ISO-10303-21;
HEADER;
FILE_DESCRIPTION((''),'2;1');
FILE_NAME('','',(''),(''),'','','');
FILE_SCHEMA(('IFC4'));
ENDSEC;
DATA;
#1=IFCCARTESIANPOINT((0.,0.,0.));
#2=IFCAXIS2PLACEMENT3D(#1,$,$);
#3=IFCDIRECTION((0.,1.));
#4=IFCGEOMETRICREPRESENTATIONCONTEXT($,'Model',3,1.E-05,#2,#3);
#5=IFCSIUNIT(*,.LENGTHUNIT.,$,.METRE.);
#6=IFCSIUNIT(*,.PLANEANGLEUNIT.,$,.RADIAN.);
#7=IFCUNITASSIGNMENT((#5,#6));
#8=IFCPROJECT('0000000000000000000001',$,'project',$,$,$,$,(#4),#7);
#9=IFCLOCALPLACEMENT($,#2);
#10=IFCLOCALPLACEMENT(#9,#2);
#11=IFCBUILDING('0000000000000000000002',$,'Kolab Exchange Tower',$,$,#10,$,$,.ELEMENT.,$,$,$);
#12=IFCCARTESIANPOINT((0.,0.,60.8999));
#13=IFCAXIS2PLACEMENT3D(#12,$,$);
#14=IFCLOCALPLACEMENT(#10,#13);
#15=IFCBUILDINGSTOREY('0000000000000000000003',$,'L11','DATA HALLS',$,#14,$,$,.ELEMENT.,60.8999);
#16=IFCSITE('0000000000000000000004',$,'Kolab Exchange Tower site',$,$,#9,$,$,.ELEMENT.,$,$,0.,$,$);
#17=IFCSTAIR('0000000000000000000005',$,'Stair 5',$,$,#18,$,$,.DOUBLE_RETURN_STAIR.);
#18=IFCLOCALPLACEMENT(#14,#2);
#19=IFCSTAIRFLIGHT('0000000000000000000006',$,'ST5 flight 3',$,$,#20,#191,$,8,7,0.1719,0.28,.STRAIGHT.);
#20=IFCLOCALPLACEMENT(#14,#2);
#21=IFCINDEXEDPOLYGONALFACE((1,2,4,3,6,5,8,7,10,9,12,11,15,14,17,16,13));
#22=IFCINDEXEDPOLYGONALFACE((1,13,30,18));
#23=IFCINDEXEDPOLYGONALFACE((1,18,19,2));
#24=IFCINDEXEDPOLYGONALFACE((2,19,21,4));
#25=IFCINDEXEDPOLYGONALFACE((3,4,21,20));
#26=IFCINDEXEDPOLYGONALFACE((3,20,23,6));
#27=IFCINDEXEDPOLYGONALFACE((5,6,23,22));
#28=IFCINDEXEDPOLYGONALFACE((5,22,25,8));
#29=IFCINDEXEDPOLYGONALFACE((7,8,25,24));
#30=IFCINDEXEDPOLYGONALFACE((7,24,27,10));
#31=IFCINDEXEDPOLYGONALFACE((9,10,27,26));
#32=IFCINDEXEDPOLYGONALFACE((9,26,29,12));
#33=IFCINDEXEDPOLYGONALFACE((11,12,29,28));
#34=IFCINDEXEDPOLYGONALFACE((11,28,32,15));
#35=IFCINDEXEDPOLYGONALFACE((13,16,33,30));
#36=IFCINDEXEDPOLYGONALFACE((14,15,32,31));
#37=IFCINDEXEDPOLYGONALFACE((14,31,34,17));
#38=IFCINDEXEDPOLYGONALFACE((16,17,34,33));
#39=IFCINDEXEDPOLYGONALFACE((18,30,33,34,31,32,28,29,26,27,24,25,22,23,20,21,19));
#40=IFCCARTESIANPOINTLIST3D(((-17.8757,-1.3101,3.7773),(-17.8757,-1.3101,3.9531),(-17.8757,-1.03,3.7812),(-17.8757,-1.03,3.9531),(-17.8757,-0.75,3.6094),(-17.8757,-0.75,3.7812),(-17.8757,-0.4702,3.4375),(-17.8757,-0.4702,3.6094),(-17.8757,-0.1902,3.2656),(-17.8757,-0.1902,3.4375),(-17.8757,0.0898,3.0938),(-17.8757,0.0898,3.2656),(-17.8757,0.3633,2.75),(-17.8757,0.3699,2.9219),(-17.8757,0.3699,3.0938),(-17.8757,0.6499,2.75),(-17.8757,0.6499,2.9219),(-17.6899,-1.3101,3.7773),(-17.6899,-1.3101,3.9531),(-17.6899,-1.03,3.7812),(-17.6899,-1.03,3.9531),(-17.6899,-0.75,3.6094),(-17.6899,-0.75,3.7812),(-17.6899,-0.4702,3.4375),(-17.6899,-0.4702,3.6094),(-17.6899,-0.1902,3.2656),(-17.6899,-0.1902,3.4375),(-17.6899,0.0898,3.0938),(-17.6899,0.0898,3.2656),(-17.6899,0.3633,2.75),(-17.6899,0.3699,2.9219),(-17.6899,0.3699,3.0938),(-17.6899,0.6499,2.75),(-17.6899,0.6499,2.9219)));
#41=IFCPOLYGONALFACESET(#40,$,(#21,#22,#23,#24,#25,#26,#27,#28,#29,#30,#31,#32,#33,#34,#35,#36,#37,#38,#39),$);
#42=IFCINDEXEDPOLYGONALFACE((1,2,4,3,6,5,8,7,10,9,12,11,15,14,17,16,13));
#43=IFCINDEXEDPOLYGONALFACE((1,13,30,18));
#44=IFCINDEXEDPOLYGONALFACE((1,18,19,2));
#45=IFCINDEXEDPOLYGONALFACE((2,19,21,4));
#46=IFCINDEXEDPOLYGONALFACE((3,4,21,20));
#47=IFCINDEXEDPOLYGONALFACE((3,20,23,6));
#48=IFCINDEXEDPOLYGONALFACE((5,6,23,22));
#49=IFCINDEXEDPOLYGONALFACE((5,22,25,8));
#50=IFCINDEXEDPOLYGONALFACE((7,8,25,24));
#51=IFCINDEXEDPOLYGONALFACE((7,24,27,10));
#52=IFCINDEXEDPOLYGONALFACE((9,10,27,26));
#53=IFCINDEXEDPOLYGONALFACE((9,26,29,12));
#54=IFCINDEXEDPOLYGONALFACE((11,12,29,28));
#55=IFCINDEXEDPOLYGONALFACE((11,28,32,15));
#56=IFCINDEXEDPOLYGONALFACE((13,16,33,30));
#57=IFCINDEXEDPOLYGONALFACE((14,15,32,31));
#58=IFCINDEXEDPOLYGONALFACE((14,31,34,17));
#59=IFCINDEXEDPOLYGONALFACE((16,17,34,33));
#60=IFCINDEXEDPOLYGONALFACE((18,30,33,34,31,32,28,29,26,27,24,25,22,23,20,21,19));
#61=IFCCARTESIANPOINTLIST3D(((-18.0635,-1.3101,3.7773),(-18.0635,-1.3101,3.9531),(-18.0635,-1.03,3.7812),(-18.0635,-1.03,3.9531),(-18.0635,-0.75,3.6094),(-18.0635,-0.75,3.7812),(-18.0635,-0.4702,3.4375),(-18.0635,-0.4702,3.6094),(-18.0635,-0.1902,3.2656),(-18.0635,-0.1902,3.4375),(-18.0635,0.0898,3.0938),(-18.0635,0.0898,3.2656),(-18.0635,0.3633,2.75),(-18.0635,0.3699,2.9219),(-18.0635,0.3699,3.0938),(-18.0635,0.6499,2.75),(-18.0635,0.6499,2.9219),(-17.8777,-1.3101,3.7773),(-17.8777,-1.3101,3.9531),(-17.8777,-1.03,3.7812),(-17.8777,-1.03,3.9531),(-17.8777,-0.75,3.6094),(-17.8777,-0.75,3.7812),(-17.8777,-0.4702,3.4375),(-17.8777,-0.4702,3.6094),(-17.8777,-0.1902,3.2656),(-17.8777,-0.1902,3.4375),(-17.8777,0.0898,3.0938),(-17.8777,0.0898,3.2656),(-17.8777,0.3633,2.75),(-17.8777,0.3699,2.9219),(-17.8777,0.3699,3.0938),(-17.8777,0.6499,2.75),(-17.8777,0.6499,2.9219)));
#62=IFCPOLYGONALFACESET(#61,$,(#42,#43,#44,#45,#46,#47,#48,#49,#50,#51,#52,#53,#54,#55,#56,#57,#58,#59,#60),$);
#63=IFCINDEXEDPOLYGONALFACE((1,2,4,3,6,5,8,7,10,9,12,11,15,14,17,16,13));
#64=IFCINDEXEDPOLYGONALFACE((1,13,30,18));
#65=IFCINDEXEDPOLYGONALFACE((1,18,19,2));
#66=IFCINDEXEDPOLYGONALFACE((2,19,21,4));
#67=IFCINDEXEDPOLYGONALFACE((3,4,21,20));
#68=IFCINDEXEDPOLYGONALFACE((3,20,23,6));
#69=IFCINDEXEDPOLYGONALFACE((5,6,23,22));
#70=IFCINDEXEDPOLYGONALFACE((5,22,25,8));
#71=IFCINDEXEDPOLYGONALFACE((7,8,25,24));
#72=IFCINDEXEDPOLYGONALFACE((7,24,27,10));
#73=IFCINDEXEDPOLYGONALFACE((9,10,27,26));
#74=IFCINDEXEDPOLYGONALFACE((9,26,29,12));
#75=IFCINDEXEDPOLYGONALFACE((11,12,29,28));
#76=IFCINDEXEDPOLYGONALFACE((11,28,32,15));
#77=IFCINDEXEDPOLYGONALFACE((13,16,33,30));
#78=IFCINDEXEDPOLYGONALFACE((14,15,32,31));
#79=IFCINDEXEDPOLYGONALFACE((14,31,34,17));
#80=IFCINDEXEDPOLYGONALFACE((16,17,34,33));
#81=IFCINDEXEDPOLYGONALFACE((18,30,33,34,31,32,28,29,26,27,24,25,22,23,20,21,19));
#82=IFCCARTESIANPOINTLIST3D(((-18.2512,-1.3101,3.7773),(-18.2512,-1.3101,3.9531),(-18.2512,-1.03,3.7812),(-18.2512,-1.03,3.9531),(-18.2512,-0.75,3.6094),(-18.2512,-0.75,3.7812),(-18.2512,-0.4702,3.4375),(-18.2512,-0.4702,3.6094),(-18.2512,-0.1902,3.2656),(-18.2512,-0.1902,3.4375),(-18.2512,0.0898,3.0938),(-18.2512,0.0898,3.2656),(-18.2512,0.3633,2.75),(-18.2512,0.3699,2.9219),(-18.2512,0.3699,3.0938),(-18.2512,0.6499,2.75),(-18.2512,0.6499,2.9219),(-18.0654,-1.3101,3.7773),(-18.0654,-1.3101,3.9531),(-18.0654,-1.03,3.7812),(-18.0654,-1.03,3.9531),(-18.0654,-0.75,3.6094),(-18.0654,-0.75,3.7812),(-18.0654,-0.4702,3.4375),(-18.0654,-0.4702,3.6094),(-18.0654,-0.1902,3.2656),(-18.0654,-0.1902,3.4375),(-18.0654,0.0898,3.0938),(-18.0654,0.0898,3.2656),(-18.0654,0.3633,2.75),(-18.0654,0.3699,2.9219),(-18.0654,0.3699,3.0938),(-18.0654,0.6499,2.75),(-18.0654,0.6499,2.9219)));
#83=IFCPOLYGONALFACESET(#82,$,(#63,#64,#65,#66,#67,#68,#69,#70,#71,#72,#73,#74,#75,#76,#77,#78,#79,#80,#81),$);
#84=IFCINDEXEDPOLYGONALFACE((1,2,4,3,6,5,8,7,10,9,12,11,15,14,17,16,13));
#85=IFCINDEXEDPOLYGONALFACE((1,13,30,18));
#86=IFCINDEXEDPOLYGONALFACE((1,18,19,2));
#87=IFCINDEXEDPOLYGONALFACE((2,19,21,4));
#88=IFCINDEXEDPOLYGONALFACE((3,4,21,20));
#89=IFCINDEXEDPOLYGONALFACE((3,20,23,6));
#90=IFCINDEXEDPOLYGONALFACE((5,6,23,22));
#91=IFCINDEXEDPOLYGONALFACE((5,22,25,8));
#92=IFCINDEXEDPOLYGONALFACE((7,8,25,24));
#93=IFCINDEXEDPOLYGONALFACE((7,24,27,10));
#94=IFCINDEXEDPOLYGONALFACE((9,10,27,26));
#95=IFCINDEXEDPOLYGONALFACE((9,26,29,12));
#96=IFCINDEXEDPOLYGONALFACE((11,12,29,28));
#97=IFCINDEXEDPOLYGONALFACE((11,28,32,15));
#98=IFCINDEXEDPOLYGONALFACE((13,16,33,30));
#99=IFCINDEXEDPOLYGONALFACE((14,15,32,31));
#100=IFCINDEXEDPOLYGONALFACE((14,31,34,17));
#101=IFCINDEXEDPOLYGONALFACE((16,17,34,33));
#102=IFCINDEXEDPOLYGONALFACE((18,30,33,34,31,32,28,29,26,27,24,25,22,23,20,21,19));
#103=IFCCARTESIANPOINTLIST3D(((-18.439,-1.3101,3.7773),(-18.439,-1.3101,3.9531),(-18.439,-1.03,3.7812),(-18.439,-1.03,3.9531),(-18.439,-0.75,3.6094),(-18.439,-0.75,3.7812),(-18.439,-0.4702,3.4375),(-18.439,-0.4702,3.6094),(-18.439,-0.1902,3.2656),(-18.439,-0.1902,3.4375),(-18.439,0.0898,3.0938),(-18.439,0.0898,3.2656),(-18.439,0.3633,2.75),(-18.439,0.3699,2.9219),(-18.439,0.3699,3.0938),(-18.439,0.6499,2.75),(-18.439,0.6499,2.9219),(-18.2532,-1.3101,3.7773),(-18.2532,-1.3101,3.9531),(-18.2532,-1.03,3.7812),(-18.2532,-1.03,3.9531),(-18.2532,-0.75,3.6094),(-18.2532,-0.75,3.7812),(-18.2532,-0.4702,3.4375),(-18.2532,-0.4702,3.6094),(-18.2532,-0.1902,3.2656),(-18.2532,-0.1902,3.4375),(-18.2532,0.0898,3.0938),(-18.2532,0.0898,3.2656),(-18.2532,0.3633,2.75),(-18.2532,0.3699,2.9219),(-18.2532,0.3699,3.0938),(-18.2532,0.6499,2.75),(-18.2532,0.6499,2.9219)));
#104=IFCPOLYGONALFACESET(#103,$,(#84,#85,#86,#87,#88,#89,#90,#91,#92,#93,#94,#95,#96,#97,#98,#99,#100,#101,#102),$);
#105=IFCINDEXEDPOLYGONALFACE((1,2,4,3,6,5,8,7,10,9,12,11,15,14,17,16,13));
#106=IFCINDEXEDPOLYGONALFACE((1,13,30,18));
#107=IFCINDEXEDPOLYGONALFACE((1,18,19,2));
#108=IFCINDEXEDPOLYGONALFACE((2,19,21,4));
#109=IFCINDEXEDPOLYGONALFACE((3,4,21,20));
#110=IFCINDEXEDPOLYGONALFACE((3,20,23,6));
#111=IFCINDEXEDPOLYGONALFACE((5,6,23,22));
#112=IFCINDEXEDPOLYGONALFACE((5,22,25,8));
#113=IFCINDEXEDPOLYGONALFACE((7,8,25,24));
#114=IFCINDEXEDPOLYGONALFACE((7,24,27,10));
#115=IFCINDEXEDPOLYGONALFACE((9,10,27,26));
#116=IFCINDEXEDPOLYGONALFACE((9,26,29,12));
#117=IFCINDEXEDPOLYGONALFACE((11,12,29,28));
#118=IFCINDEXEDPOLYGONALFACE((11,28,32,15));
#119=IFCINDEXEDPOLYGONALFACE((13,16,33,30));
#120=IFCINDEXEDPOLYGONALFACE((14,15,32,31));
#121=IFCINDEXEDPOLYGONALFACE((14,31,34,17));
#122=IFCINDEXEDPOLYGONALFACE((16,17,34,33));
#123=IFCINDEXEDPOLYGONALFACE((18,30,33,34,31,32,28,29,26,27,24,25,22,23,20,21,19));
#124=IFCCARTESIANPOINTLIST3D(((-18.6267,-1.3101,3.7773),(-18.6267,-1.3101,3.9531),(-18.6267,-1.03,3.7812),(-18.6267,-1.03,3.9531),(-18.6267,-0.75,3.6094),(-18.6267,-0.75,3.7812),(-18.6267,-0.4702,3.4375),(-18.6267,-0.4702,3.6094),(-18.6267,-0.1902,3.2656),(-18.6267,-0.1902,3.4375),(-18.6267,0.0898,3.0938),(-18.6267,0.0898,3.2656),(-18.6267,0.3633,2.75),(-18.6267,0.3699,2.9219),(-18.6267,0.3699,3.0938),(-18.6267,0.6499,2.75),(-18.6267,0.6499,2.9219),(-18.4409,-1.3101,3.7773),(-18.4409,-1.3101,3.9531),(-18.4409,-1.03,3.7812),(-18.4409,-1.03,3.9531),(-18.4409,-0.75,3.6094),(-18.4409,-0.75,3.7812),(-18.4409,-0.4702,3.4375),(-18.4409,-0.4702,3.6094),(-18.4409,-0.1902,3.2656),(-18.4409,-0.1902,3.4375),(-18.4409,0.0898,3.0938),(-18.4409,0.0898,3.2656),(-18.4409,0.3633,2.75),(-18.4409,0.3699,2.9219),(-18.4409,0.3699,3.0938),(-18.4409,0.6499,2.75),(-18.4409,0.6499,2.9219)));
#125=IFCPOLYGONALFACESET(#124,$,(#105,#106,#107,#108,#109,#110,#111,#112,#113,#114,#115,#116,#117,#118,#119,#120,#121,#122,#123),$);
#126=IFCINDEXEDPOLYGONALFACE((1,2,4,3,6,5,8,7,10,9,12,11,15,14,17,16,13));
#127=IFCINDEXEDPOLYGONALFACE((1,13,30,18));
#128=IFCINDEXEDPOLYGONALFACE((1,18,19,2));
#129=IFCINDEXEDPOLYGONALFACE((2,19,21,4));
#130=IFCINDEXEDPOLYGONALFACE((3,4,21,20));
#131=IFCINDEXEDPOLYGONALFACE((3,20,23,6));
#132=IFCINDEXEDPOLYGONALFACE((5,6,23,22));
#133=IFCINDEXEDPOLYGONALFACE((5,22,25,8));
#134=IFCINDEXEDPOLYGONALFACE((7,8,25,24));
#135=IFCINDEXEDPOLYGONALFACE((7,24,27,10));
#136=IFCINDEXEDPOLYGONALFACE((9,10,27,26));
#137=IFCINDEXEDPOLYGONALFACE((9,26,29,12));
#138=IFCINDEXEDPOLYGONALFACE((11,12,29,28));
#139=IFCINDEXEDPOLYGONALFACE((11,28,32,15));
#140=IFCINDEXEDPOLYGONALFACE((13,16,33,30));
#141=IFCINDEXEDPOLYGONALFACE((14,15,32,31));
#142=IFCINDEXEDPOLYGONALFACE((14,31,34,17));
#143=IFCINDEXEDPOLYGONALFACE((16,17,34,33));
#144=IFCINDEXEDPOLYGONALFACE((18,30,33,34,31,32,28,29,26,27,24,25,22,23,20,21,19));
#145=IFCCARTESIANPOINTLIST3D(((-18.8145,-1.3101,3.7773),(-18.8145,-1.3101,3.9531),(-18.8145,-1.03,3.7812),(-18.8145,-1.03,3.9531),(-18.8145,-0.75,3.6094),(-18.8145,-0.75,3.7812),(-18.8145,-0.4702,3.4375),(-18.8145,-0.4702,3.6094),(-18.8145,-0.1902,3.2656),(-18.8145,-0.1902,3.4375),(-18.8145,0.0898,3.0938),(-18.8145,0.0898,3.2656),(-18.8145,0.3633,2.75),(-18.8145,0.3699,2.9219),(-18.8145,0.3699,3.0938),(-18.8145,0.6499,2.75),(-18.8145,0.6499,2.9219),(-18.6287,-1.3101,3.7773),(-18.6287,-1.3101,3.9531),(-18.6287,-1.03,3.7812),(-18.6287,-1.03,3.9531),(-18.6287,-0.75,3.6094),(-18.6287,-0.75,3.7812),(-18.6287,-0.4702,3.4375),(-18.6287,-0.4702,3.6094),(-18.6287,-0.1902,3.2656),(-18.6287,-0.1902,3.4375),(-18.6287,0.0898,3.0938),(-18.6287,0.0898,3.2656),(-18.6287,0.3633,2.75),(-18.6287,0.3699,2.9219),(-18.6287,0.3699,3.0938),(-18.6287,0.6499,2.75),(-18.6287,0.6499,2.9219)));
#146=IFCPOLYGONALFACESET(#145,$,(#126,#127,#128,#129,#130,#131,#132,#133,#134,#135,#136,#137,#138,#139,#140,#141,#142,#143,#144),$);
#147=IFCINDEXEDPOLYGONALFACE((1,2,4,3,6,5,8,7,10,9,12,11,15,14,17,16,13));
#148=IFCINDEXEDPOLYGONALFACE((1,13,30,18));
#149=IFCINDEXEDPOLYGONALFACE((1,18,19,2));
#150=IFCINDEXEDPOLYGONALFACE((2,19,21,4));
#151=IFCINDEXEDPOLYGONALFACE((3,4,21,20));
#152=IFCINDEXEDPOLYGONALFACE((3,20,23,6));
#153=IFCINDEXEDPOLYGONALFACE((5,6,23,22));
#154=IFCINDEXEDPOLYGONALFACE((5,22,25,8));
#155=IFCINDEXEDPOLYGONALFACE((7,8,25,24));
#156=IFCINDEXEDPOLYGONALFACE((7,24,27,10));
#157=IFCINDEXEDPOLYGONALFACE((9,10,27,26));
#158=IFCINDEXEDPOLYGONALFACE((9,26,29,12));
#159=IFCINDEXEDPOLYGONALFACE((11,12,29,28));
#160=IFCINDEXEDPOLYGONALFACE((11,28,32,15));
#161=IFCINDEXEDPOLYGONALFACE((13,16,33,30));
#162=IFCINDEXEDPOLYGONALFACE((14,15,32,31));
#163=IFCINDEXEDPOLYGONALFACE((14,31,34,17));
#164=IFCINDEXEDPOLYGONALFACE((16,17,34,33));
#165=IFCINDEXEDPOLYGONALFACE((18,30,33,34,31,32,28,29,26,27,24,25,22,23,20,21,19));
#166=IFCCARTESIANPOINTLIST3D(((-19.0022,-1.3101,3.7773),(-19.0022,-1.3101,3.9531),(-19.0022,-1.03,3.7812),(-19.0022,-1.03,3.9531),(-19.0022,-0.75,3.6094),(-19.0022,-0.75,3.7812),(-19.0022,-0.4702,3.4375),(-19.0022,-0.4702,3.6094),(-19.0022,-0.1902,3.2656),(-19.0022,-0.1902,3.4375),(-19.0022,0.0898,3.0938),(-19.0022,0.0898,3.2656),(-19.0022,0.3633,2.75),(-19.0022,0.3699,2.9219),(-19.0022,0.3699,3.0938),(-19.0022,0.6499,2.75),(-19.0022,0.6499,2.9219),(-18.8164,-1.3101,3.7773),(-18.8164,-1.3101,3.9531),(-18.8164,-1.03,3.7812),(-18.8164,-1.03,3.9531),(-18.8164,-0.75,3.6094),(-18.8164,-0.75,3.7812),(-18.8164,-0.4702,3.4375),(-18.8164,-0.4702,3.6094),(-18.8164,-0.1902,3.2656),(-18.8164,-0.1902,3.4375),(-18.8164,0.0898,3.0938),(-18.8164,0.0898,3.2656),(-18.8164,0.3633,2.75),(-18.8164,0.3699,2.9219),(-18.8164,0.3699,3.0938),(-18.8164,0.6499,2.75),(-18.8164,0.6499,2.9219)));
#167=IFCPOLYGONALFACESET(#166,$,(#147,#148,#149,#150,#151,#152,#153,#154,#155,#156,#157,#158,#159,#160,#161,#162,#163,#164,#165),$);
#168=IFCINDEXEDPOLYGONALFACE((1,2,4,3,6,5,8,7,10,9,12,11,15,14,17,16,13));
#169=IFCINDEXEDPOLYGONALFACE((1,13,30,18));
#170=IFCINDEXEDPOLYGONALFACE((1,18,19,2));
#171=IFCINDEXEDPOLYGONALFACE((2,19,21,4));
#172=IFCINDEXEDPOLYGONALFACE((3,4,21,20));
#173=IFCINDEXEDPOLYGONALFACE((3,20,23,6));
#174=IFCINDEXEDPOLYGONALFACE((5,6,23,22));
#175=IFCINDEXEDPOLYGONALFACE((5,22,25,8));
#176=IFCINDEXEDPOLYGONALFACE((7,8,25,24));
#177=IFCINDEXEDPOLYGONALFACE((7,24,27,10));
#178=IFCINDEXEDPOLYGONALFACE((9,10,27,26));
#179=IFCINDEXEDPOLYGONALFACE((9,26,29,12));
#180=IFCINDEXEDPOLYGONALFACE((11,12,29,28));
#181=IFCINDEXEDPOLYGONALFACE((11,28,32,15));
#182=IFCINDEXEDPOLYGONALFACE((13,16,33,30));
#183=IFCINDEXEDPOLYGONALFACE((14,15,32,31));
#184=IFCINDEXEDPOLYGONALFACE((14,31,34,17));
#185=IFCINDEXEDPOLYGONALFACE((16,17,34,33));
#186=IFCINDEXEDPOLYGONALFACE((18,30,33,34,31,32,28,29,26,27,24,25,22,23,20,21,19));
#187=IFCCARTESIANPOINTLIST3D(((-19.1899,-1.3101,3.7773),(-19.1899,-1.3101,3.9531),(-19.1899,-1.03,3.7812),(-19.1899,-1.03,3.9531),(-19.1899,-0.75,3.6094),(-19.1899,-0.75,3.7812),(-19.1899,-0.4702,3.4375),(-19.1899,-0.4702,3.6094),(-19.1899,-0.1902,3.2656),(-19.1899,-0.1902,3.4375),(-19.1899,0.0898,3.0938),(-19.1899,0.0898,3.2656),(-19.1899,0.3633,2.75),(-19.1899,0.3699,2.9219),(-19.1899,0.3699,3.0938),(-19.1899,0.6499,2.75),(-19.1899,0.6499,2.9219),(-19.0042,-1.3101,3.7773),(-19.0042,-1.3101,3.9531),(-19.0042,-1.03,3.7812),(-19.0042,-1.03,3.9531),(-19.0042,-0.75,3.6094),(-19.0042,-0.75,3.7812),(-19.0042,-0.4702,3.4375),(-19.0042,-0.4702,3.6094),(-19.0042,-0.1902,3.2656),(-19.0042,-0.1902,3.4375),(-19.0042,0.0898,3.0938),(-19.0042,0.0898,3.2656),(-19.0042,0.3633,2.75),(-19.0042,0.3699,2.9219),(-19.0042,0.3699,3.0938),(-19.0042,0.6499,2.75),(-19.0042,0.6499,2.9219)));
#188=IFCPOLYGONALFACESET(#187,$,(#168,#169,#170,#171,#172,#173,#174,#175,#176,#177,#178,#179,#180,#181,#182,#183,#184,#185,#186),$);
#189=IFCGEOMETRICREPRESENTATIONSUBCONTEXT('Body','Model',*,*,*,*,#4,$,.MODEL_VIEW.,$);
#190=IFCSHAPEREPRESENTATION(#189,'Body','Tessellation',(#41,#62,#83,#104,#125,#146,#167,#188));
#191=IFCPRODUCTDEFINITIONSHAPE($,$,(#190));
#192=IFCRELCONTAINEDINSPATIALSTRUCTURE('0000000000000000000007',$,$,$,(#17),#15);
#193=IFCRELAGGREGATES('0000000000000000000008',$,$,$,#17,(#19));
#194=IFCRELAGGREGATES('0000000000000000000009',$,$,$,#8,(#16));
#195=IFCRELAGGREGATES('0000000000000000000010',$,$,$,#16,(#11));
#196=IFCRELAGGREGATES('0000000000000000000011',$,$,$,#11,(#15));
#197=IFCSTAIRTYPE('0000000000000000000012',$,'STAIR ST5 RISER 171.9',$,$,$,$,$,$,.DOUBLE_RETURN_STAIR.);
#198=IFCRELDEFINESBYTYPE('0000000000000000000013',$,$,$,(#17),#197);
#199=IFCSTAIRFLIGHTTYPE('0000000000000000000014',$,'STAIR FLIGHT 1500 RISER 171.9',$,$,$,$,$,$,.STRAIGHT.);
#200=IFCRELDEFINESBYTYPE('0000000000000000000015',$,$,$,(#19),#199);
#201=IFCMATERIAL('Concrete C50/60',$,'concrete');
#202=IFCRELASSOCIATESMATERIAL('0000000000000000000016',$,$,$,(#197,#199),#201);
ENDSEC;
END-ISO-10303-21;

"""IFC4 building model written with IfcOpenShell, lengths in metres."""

from ifc_helpers import new_model, si_unit, direction, frame, origin, place, context, subcontext, project, spatial, polyline, outline, extrude, material, type_object, element, aggregate, save


model = new_model("IFC4")

# Units and contexts
model_context = context("Model", 3, precision=1e-05, world=origin(), true_north=direction((0.0, 1.0)))
body_context = subcontext(model_context, "Body", "Model", "MODEL_VIEW")
ifc_project = project(units=[si_unit("LENGTHUNIT", "METRE"), si_unit("PLANEANGLEUNIT", "RADIAN")], contexts=[model_context])

# Site, building, storey
site_placement = place(None, origin())
site = spatial("IfcSite", under=ifc_project, at=site_placement, Name="Kolab Exchange Tower site", CompositionType="ELEMENT", RefElevation=0.0)
building_placement = place(site_placement, origin())
building = spatial("IfcBuilding", under=site, at=building_placement, Name="Kolab Exchange Tower", CompositionType="ELEMENT")
storey_placement = place(building_placement, frame((0.0, 0.0, 60.8999)))
storey = spatial("IfcBuildingStorey", under=building, at=storey_placement, Name="L11", Description="DATA HALLS", CompositionType="ELEMENT", Elevation=60.8999)

# Shared definitions
ifc_material_1 = material(Name="Concrete C50/60", Category="concrete")

# Stair, stair flight
stair_type = type_object("IfcStairType", Name="STAIR ST5 RISER 171.9", PredefinedType="DOUBLE_RETURN_STAIR", material=ifc_material_1)
stair_placement = place(storey_placement, origin())
stair = element("IfcStair", 1, at=stair_placement, inside=storey, type_object=stair_type, Name="Stair 5", PredefinedType="DOUBLE_RETURN_STAIR")
stair_flight_type = type_object("IfcStairFlightType", Name="STAIR FLIGHT 1500 RISER 171.9", PredefinedType="STRAIGHT", material=ifc_material_1)
stair_flight_1_placement = place(storey_placement, frame((-18.4399, 0.6499, 2.75), z_axis=(0.0, 0.0, 1.0), x_axis=(0.0, -1.0, 0.0)))
stair_flight_1 = element("IfcStairFlight", 2, at=stair_flight_1_placement, type_object=stair_flight_type, Name="ST5 flight 3", NumberOfRisers=8, NumberOfTreads=7, PredefinedType="STRAIGHT", RiserHeight=0.1719, TreadLength=0.28, context=body_context, shape_type="SweptSolid", body=[
    extrude(outline(polyline([(0.0, 0.0), (0.0, 0.1719), (0.28, 0.1719), (0.28, 0.3438), (0.5601, 0.3438), (0.5601, 0.5156), (0.8401, 0.5156), (0.8401, 0.6875), (1.1201, 0.6875), (1.1201, 0.8594), (1.3999, 0.8594), (1.3999, 1.0312), (1.6799, 1.0312), (1.6799, 1.2031), (1.96, 1.2031), (1.96, 1.375), (1.96, 1.0273), (0.2866, 0.0), (0.0, 0.0)])), frame((0.0, 0.75, 0.0), z_axis=(0.0, -1.0, 0.0), x_axis=(1.0, 0.0, 0.0)), (0.0, 0.0, 1.0), 0.1858),
    extrude(outline(polyline([(0.0, 0.0), (0.0, 0.1719), (0.28, 0.1719), (0.28, 0.3438), (0.5601, 0.3438), (0.5601, 0.5156), (0.8401, 0.5156), (0.8401, 0.6875), (1.1201, 0.6875), (1.1201, 0.8594), (1.3999, 0.8594), (1.3999, 1.0312), (1.6799, 1.0312), (1.6799, 1.2031), (1.96, 1.2031), (1.96, 1.375), (1.96, 1.0273), (0.2866, 0.0), (0.0, 0.0)])), frame((0.0, 0.5623, 0.0), z_axis=(0.0, -1.0, 0.0), x_axis=(1.0, 0.0, 0.0)), (0.0, 0.0, 1.0), 0.1858),
    extrude(outline(polyline([(0.0, 0.0), (0.0, 0.1719), (0.28, 0.1719), (0.28, 0.3438), (0.5601, 0.3438), (0.5601, 0.5156), (0.8401, 0.5156), (0.8401, 0.6875), (1.1201, 0.6875), (1.1201, 0.8594), (1.3999, 0.8594), (1.3999, 1.0312), (1.6799, 1.0312), (1.6799, 1.2031), (1.96, 1.2031), (1.96, 1.375), (1.96, 1.0273), (0.2866, 0.0), (0.0, 0.0)])), frame((0.0, 0.3745, 0.0), z_axis=(0.0, -1.0, 0.0), x_axis=(1.0, 0.0, 0.0)), (0.0, 0.0, 1.0), 0.1858),
    extrude(outline(polyline([(0.0, 0.0), (0.0, 0.1719), (0.28, 0.1719), (0.28, 0.3438), (0.5601, 0.3438), (0.5601, 0.5156), (0.8401, 0.5156), (0.8401, 0.6875), (1.1201, 0.6875), (1.1201, 0.8594), (1.3999, 0.8594), (1.3999, 1.0312), (1.6799, 1.0312), (1.6799, 1.2031), (1.96, 1.2031), (1.96, 1.375), (1.96, 1.0273), (0.2866, 0.0), (0.0, 0.0)])), frame((0.0, 0.1868, 0.0), z_axis=(0.0, -1.0, 0.0), x_axis=(1.0, 0.0, 0.0)), (0.0, 0.0, 1.0), 0.1858),
    extrude(outline(polyline([(0.0, 0.0), (0.0, 0.1719), (0.28, 0.1719), (0.28, 0.3438), (0.5601, 0.3438), (0.5601, 0.5156), (0.8401, 0.5156), (0.8401, 0.6875), (1.1201, 0.6875), (1.1201, 0.8594), (1.3999, 0.8594), (1.3999, 1.0312), (1.6799, 1.0312), (1.6799, 1.2031), (1.96, 1.2031), (1.96, 1.375), (1.96, 1.0273), (0.2866, 0.0), (0.0, 0.0)])), frame((0.0, -0.001, 0.0), z_axis=(0.0, -1.0, 0.0), x_axis=(1.0, 0.0, 0.0)), (0.0, 0.0, 1.0), 0.1858),
    extrude(outline(polyline([(0.0, 0.0), (0.0, 0.1719), (0.28, 0.1719), (0.28, 0.3438), (0.5601, 0.3438), (0.5601, 0.5156), (0.8401, 0.5156), (0.8401, 0.6875), (1.1201, 0.6875), (1.1201, 0.8594), (1.3999, 0.8594), (1.3999, 1.0312), (1.6799, 1.0312), (1.6799, 1.2031), (1.96, 1.2031), (1.96, 1.375), (1.96, 1.0273), (0.2866, 0.0), (0.0, 0.0)])), frame((0.0, -0.1887, 0.0), z_axis=(0.0, -1.0, 0.0), x_axis=(1.0, 0.0, 0.0)), (0.0, 0.0, 1.0), 0.1858),
    extrude(outline(polyline([(0.0, 0.0), (0.0, 0.1719), (0.28, 0.1719), (0.28, 0.3438), (0.5601, 0.3438), (0.5601, 0.5156), (0.8401, 0.5156), (0.8401, 0.6875), (1.1201, 0.6875), (1.1201, 0.8594), (1.3999, 0.8594), (1.3999, 1.0312), (1.6799, 1.0312), (1.6799, 1.2031), (1.96, 1.2031), (1.96, 1.375), (1.96, 1.0273), (0.2866, 0.0), (0.0, 0.0)])), frame((0.0, -0.3765, 0.0), z_axis=(0.0, -1.0, 0.0), x_axis=(1.0, 0.0, 0.0)), (0.0, 0.0, 1.0), 0.1858),
    extrude(outline(polyline([(0.0, 0.0), (0.0, 0.1719), (0.28, 0.1719), (0.28, 0.3438), (0.5601, 0.3438), (0.5601, 0.5156), (0.8401, 0.5156), (0.8401, 0.6875), (1.1201, 0.6875), (1.1201, 0.8594), (1.3999, 0.8594), (1.3999, 1.0312), (1.6799, 1.0312), (1.6799, 1.2031), (1.96, 1.2031), (1.96, 1.375), (1.96, 1.0273), (0.2866, 0.0), (0.0, 0.0)])), frame((0.0, -0.5642, 0.0), z_axis=(0.0, -1.0, 0.0), x_axis=(1.0, 0.0, 0.0)), (0.0, 0.0, 1.0), 0.1858),
])
aggregate(stair, [stair_flight_1])

save(model, "model.ifc")
